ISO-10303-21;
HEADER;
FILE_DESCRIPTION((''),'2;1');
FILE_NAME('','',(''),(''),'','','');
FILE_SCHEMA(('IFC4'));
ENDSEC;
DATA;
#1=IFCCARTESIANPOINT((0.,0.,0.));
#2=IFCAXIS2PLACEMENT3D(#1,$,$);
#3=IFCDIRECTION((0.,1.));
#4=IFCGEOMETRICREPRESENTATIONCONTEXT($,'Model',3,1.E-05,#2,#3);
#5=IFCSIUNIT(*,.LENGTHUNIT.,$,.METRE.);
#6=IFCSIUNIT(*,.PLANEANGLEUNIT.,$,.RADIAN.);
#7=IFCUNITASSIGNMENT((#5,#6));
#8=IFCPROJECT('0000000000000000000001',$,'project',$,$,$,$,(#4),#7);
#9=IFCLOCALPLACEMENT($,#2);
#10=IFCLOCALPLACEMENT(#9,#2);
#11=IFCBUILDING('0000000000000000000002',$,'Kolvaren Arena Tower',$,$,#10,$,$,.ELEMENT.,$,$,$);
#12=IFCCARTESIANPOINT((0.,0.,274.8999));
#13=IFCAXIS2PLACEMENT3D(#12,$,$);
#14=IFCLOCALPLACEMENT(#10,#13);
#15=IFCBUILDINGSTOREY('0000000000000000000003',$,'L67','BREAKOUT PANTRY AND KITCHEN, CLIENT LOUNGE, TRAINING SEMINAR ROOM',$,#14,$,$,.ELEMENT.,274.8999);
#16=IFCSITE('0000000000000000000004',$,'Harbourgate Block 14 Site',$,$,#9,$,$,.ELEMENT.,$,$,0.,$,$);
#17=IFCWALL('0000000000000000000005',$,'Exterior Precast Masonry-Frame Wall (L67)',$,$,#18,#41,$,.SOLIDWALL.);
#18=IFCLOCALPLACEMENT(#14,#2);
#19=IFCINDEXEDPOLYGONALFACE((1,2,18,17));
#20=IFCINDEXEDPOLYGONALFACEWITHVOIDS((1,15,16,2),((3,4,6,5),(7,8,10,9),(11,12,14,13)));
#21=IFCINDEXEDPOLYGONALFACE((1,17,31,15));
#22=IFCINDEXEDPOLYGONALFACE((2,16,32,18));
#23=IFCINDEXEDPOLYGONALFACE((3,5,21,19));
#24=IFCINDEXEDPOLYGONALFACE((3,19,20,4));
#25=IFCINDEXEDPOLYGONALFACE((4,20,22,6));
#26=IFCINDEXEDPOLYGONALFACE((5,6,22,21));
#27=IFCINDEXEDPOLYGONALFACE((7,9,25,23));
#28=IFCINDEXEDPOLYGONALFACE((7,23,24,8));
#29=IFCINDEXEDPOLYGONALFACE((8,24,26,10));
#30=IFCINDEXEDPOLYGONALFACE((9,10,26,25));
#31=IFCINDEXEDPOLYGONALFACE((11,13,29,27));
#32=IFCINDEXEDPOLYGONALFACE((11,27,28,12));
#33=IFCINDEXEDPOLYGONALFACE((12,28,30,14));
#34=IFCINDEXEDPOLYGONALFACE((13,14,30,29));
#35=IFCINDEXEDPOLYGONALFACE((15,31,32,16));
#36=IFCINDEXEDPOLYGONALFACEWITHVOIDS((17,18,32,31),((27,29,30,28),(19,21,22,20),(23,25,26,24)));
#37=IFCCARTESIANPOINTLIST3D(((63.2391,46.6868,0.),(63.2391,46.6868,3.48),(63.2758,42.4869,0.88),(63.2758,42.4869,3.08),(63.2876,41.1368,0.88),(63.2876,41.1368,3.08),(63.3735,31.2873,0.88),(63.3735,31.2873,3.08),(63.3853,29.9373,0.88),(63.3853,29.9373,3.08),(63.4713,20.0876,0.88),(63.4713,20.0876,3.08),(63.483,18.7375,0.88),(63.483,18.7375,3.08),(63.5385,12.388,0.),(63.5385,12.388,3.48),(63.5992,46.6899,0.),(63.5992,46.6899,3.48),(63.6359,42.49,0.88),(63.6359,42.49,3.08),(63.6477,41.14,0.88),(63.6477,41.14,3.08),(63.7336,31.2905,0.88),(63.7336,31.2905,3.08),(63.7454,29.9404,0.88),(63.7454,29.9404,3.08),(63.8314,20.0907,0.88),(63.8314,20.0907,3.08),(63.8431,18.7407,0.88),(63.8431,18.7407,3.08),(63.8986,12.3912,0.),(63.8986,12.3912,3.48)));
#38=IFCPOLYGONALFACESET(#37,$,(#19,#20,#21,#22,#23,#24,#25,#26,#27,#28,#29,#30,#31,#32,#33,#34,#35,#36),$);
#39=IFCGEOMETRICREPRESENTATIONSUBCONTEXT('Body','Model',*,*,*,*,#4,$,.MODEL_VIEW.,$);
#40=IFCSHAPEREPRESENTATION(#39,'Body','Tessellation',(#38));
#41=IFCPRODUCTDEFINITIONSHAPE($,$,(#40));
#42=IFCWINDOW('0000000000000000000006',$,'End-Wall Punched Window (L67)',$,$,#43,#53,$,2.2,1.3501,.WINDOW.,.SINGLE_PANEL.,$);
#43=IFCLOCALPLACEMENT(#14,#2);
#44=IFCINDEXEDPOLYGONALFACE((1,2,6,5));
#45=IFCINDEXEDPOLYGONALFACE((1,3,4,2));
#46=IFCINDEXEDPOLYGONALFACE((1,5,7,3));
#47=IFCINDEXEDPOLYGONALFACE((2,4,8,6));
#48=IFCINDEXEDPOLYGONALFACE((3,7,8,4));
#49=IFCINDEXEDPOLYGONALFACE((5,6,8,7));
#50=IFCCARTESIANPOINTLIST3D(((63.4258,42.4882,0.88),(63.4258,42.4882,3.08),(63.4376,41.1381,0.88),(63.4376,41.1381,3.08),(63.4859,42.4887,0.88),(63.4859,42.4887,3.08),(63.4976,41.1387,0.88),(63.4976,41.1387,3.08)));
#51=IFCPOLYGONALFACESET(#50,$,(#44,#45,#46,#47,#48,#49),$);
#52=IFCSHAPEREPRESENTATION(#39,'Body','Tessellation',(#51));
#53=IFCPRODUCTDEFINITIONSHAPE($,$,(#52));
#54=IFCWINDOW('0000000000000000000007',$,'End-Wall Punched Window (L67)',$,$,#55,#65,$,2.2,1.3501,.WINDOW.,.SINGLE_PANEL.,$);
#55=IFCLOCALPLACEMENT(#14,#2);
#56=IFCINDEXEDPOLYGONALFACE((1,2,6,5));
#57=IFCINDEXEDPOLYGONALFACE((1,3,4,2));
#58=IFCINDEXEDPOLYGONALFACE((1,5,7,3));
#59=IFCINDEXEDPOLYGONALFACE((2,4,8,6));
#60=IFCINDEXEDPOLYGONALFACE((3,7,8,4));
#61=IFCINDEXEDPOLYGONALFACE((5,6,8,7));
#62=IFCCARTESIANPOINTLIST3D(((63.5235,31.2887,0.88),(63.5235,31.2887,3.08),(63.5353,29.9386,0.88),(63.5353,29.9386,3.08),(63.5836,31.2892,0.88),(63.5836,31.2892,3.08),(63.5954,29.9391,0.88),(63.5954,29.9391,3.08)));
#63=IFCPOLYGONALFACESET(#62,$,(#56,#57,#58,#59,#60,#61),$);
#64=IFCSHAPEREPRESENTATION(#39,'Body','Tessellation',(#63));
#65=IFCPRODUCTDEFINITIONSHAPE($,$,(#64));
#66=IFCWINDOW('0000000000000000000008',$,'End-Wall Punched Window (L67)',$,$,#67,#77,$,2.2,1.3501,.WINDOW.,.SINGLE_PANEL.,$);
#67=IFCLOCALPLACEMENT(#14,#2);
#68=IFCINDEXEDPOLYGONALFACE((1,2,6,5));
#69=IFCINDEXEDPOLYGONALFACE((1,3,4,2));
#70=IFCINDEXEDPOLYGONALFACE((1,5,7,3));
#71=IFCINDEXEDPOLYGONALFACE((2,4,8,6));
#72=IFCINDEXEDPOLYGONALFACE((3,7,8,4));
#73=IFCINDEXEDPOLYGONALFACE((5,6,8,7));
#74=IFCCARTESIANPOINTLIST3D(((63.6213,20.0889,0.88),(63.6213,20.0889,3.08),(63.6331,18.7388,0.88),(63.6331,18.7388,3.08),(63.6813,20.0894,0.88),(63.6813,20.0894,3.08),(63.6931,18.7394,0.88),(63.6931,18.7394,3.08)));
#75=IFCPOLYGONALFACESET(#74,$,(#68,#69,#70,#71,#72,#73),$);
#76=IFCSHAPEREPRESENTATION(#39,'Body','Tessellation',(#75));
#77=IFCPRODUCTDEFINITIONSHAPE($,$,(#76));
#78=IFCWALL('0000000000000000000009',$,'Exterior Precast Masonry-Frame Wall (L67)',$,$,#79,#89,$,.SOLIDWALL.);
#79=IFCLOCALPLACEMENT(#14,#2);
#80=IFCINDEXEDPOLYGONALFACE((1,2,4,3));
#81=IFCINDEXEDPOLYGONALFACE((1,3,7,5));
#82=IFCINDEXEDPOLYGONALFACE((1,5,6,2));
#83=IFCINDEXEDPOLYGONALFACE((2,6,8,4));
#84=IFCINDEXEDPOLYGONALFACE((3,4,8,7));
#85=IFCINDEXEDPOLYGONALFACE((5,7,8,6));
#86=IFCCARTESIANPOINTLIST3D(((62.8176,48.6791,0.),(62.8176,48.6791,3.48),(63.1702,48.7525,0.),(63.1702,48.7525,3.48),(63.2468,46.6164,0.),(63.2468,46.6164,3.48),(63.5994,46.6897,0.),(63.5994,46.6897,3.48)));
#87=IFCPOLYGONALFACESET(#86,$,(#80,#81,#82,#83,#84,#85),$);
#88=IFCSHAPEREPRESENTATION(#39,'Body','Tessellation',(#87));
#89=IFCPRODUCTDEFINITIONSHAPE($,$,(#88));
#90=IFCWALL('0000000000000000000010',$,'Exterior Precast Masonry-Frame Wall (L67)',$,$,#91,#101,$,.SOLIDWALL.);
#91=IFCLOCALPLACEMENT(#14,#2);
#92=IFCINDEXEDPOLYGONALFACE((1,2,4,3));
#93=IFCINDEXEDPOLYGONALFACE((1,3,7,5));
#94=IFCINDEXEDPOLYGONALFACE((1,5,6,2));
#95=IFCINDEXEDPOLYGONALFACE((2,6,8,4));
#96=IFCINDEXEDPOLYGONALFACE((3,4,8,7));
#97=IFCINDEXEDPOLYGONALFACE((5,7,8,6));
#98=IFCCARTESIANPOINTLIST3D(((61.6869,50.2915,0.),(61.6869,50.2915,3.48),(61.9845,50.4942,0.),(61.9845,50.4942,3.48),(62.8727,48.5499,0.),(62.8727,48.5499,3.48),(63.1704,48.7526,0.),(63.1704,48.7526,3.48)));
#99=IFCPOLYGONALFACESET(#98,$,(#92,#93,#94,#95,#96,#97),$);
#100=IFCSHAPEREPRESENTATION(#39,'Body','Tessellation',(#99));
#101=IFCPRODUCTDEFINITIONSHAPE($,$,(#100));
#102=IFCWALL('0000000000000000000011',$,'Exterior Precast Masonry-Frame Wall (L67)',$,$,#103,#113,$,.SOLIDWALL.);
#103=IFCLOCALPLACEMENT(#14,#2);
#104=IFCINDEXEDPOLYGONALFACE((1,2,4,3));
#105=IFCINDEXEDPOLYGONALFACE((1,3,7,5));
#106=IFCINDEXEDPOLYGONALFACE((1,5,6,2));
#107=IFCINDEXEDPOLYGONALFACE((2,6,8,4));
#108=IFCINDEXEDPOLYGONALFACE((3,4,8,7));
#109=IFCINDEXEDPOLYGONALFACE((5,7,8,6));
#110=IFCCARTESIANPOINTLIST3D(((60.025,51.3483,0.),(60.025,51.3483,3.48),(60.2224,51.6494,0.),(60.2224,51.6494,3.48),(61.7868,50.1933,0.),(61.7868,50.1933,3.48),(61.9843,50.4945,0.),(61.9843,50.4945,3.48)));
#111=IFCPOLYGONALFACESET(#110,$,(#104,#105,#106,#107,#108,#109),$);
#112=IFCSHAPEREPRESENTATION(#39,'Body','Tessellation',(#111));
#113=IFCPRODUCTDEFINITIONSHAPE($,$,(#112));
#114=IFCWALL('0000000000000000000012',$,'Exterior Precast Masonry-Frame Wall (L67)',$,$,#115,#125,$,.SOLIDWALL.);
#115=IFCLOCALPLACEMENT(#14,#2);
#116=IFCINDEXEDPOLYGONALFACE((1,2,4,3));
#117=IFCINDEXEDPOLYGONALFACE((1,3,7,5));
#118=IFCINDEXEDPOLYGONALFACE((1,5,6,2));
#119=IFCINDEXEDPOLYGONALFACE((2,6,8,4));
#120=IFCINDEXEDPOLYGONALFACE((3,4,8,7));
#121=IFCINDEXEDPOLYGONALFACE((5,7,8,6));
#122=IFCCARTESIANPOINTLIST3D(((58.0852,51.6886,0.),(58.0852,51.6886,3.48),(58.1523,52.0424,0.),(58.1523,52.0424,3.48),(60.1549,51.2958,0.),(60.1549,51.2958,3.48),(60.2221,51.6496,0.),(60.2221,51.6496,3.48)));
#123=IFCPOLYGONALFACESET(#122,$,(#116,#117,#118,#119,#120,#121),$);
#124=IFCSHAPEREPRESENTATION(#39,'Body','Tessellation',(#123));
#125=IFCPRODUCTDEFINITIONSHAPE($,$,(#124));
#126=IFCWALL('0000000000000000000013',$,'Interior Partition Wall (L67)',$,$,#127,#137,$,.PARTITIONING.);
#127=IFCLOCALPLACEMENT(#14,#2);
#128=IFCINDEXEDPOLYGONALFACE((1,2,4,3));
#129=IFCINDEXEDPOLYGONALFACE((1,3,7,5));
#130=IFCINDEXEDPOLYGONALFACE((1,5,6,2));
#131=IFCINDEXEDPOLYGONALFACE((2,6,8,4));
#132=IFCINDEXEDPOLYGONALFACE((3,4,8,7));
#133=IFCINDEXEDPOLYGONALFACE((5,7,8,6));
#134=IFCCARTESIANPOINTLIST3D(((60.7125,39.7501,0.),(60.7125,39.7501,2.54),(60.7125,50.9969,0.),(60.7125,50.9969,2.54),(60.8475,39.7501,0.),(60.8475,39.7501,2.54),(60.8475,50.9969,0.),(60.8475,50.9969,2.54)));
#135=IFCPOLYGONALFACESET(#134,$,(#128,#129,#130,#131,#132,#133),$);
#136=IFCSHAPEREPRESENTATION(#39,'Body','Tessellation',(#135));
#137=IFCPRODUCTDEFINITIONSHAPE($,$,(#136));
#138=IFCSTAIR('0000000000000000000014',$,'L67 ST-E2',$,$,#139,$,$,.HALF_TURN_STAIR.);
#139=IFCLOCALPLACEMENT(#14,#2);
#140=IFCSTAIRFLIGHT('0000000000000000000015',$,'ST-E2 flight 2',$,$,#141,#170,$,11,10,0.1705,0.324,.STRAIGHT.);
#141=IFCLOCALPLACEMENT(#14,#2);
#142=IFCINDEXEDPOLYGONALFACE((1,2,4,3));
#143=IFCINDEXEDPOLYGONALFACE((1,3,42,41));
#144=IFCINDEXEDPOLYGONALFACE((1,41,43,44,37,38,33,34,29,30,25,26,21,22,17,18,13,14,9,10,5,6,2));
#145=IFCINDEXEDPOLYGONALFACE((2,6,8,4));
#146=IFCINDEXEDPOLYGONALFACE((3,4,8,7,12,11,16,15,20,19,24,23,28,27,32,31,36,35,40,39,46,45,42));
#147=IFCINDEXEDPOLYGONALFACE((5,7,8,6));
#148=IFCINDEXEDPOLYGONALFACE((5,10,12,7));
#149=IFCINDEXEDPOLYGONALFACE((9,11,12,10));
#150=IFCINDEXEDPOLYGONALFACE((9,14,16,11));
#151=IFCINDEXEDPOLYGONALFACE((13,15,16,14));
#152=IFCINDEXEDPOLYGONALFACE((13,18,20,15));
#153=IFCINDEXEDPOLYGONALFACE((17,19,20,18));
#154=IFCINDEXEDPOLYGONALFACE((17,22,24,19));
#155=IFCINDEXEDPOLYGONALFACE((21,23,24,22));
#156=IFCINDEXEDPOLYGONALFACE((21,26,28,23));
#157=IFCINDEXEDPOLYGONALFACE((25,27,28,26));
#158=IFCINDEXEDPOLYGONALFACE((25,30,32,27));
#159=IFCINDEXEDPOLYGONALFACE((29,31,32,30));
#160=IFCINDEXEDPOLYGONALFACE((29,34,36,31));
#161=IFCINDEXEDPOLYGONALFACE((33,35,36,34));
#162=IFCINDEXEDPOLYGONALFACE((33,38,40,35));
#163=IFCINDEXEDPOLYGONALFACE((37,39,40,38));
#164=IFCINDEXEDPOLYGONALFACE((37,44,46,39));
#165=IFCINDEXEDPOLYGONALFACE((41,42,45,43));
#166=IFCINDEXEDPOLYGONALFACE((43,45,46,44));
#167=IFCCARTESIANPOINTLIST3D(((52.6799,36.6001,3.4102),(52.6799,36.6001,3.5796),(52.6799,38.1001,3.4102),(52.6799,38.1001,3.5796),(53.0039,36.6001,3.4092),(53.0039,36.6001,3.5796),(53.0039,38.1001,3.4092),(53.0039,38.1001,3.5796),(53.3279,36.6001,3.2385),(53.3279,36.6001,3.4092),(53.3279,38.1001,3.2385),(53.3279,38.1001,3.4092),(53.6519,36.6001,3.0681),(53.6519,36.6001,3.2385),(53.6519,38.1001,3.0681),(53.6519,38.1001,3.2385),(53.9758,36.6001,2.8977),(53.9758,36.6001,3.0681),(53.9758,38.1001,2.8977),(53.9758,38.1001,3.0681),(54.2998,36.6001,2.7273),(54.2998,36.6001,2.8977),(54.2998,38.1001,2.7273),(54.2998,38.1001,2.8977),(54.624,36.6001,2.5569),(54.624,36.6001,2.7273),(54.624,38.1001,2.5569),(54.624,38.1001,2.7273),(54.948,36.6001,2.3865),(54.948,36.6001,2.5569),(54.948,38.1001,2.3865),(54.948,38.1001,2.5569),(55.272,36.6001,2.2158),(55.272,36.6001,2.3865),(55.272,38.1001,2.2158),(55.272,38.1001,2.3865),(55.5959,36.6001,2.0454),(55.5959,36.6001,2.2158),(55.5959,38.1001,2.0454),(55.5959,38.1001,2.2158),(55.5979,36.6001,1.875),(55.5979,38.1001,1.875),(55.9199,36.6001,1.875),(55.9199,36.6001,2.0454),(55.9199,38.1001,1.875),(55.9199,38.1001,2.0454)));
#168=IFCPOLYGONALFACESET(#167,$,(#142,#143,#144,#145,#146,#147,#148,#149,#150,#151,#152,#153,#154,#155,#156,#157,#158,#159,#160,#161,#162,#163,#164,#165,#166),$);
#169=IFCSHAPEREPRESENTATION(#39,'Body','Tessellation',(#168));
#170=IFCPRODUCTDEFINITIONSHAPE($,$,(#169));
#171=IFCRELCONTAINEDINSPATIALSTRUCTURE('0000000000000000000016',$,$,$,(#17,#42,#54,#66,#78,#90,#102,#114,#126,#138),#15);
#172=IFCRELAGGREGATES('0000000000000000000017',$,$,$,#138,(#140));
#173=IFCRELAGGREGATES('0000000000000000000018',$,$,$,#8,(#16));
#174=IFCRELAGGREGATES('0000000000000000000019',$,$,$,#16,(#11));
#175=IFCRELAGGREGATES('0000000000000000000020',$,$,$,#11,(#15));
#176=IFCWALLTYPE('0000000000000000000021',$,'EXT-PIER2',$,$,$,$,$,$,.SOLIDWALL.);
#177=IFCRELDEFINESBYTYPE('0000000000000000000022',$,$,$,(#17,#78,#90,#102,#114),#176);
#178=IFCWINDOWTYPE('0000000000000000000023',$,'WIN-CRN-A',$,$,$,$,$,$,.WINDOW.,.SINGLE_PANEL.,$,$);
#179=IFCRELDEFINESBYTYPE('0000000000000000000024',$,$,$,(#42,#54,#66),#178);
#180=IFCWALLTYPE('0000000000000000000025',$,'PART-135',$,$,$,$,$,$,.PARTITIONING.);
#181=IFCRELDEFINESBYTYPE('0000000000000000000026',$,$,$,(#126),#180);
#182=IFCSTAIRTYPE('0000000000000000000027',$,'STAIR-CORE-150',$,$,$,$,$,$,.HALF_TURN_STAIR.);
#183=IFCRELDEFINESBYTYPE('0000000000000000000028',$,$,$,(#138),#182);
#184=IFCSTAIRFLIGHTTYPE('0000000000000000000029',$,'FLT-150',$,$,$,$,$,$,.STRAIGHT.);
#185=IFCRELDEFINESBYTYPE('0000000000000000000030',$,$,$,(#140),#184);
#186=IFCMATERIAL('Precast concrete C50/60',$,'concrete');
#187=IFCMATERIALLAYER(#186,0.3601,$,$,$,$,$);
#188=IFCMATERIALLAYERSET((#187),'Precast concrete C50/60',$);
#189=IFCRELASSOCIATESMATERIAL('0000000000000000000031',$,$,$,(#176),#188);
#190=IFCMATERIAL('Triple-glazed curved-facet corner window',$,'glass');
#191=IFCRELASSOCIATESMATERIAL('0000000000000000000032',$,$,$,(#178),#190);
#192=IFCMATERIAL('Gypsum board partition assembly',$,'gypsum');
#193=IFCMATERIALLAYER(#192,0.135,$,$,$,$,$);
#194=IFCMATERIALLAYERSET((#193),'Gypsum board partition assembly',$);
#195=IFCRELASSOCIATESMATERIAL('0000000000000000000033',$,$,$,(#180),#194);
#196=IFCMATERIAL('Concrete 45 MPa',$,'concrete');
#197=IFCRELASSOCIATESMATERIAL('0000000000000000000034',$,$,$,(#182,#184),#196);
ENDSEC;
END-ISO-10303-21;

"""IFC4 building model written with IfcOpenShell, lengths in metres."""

from ifc_helpers import new_model, si_unit, direction, frame, frame_2d, origin, place, context, subcontext, project, spatial, polyline, rectangle, outline, extrude, material, layer, layer_set, type_object, element, fill, aggregate, save


model = new_model("IFC4")

# Units and contexts
model_context = context("Model", 3, precision=1e-05, world=origin(), true_north=direction((0.0, 1.0)))
body_context = subcontext(model_context, "Body", "Model", "MODEL_VIEW")
ifc_project = project(units=[si_unit("LENGTHUNIT", "METRE"), si_unit("PLANEANGLEUNIT", "RADIAN")], contexts=[model_context])

# Site, building, storey
site_placement = place(None, origin())
site = spatial("IfcSite", under=ifc_project, at=site_placement, Name="Harbourgate Block 14 Site", CompositionType="ELEMENT", RefElevation=0.0)
building_placement = place(site_placement, origin())
building = spatial("IfcBuilding", under=site, at=building_placement, Name="Kolvaren Arena Tower", CompositionType="ELEMENT")
storey_placement = place(building_placement, frame((0.0, 0.0, 274.8999)))
storey = spatial("IfcBuildingStorey", under=building, at=storey_placement, Name="L67", Description="BREAKOUT PANTRY AND KITCHEN, CLIENT LOUNGE, TRAINING SEMINAR ROOM", CompositionType="ELEMENT", Elevation=274.8999)

# Shared definitions
ifc_material_1 = material(Name="Precast concrete C50/60", Category="concrete")

# Wall, openings, windows
ifc_layer_1 = layer(ifc_material_1, 0.3601)
ifc_layer_set_1 = layer_set([ifc_layer_1], Name="Precast concrete C50/60")
wall_type_1 = type_object("IfcWallType", Name="EXT-PIER2", PredefinedType="SOLIDWALL", material=ifc_layer_set_1)
wall_1_placement = place(storey_placement, frame((63.4192, 46.6882, 0.0), z_axis=(0.0, 0.0, 1.0), x_axis=(0.008726, -0.999962, 0.0)))
wall_1 = element("IfcWall", 1, at=wall_1_placement, inside=storey, type_object=wall_type_1, Name="Exterior Precast Masonry-Frame Wall (L67)", PredefinedType="SOLIDWALL", context=body_context, shape_type="SweptSolid", body=[
    extrude(rectangle(XDim=34.3, YDim=0.3601, at=frame_2d((17.1499, 0.0))), origin(), (0.0, 0.0, 1.0), 3.48),
])
opening_1_placement = place(wall_1_placement, frame((4.2, 0.0, 0.8799)))
opening_1 = element("IfcOpeningElement", 2, at=opening_1_placement, cuts=wall_1, PredefinedType="OPENING", context=body_context, shape_type="SweptSolid", body=[
    extrude(rectangle(XDim=1.3501, YDim=2.2, at=frame_2d((0.675, 1.1001))), frame((0.0, 0.1899, 0.0), z_axis=(0.0, -1.0, 0.0), x_axis=(1.0, 0.0, 0.0)), (0.0, 0.0, 1.0), 0.3801),
])
opening_2_placement = place(wall_1_placement, frame((15.3999, 0.0, 0.8799)))
opening_2 = element("IfcOpeningElement", 3, at=opening_2_placement, cuts=wall_1, PredefinedType="OPENING", context=body_context, shape_type="SweptSolid", body=[
    extrude(rectangle(XDim=1.3501, YDim=2.2, at=frame_2d((0.675, 1.1001))), frame((0.0, 0.1899, 0.0), z_axis=(0.0, -1.0, 0.0), x_axis=(1.0, 0.0, 0.0)), (0.0, 0.0, 1.0), 0.3801),
])
opening_3_placement = place(wall_1_placement, frame((26.6001, 0.0, 0.8799)))
opening_3 = element("IfcOpeningElement", 4, at=opening_3_placement, cuts=wall_1, PredefinedType="OPENING", context=body_context, shape_type="SweptSolid", body=[
    extrude(rectangle(XDim=1.3501, YDim=2.2, at=frame_2d((0.675, 1.1001))), frame((0.0, 0.1899, 0.0), z_axis=(0.0, -1.0, 0.0), x_axis=(1.0, 0.0, 0.0)), (0.0, 0.0, 1.0), 0.3801),
])
ifc_material_2 = material(Name="Triple-glazed curved-facet corner window", Category="glass")
window_type = type_object("IfcWindowType", Name="WIN-CRN-A", PartitioningType="SINGLE_PANEL", PredefinedType="WINDOW", material=ifc_material_2)
window_1_placement = place(opening_1_placement, origin())
window_1 = element("IfcWindow", 5, at=window_1_placement, inside=storey, type_object=window_type, Name="End-Wall Punched Window (L67)", OverallHeight=2.2, OverallWidth=1.3501, PartitioningType="SINGLE_PANEL", PredefinedType="WINDOW", context=body_context, shape_type="SweptSolid", body=[
    extrude(rectangle(XDim=1.3501, YDim=2.2, at=frame_2d((0.675, 1.1001))), frame((0.0, 0.03, 0.0), z_axis=(0.0, -1.0, 0.0), x_axis=(1.0, 0.0, 0.0)), (0.0, 0.0, 1.0), 0.0601),
])
fill(opening_1, window_1)
window_2_placement = place(opening_2_placement, origin())
window_2 = element("IfcWindow", 6, at=window_2_placement, inside=storey, type_object=window_type, Name="End-Wall Punched Window (L67)", OverallHeight=2.2, OverallWidth=1.3501, PartitioningType="SINGLE_PANEL", PredefinedType="WINDOW", context=body_context, shape_type="SweptSolid", body=[
    extrude(rectangle(XDim=1.3501, YDim=2.2, at=frame_2d((0.675, 1.1001))), frame((0.0, 0.03, 0.0), z_axis=(0.0, -1.0, 0.0), x_axis=(1.0, 0.0, 0.0)), (0.0, 0.0, 1.0), 0.0601),
])
fill(opening_2, window_2)
window_3_placement = place(opening_3_placement, origin())
window_3 = element("IfcWindow", 7, at=window_3_placement, inside=storey, type_object=window_type, Name="End-Wall Punched Window (L67)", OverallHeight=2.2, OverallWidth=1.3501, PartitioningType="SINGLE_PANEL", PredefinedType="WINDOW", context=body_context, shape_type="SweptSolid", body=[
    extrude(rectangle(XDim=1.3501, YDim=2.2, at=frame_2d((0.675, 1.1001))), frame((0.0, 0.03, 0.0), z_axis=(0.0, -1.0, 0.0), x_axis=(1.0, 0.0, 0.0)), (0.0, 0.0, 1.0), 0.0601),
])
fill(opening_3, window_3)

# Walls
for number, where, z_axis, x_axis, name in (
    (8, (62.9939, 48.7158, 0.0), (0.0, 0.0, 1.0), (0.203709, -0.979031, 0.0), "Exterior Precast Masonry-Frame Wall (L67)"),
    (9, (61.8357, 50.3928, 0.0), (0.0, 0.0, 1.0), (0.56283, -0.826573, 0.0), "Exterior Precast Masonry-Frame Wall (L67)"),
):
    element("IfcWall", number, at=place(storey_placement, frame(where, z_axis=z_axis, x_axis=x_axis)), inside=storey, type_object=wall_type_1, Name=name, PredefinedType="SOLIDWALL", context=body_context, shape_type="SweptSolid", body=[
        extrude(rectangle(XDim=2.1069, YDim=0.3601, at=frame_2d((1.0535, 0.0))), origin(), (0.0, 0.0, 1.0), 3.48),
    ])
for number, where, z_axis, x_axis, name in (
    (10, (60.1238, 51.4988, 0.0), (0.0, 0.0, 1.0), (0.836322, -0.548239, 0.0), "Exterior Precast Masonry-Frame Wall (L67)"),
    (11, (58.1189, 51.8655, 0.0), (0.0, 0.0, 1.0), (0.982463, -0.186457, 0.0), "Exterior Precast Masonry-Frame Wall (L67)"),
):
    element("IfcWall", number, at=place(storey_placement, frame(where, z_axis=z_axis, x_axis=x_axis)), inside=storey, type_object=wall_type_1, Name=name, PredefinedType="SOLIDWALL", context=body_context, shape_type="SweptSolid", body=[
        extrude(rectangle(XDim=2.1067, YDim=0.3601, at=frame_2d((1.0532, 0.0))), origin(), (0.0, 0.0, 1.0), 3.48),
    ])
ifc_material_3 = material(Name="Gypsum board partition assembly", Category="gypsum")
ifc_layer_2 = layer(ifc_material_3, 0.135)
ifc_layer_set_2 = layer_set([ifc_layer_2], Name="Gypsum board partition assembly")
wall_type_2 = type_object("IfcWallType", Name="PART-135", PredefinedType="PARTITIONING", material=ifc_layer_set_2)
wall_2_placement = place(storey_placement, frame((60.78, 39.75, 0.0), z_axis=(0.0, 0.0, 1.0), x_axis=(0.0, 1.0, 0.0)))
element("IfcWall", 12, at=wall_2_placement, inside=storey, type_object=wall_type_2, Name="Interior Partition Wall (L67)", PredefinedType="PARTITIONING", context=body_context, shape_type="SweptSolid", body=[
    extrude(rectangle(XDim=11.2468, YDim=0.135, at=frame_2d((5.6235, 0.0))), origin(), (0.0, 0.0, 1.0), 2.54),
])

# Stair, stair flight
ifc_material_4 = material(Name="Concrete 45 MPa", Category="concrete")
stair_type = type_object("IfcStairType", Name="STAIR-CORE-150", PredefinedType="HALF_TURN_STAIR", material=ifc_material_4)
stair_placement = place(storey_placement, origin())
stair = element("IfcStair", 13, at=stair_placement, inside=storey, type_object=stair_type, Name="L67 ST-E2", PredefinedType="HALF_TURN_STAIR")
stair_flight_type = type_object("IfcStairFlightType", Name="FLT-150", PredefinedType="STRAIGHT", material=ifc_material_4)
stair_flight_placement = place(storey_placement, frame((55.9199, 37.3501, 1.875), z_axis=(0.0, 0.0, 1.0), x_axis=(-1.0, 0.0, 0.0)))
stair_flight = element("IfcStairFlight", 14, at=stair_flight_placement, type_object=stair_flight_type, Name="ST-E2 flight 2", NumberOfRisers=11, NumberOfTreads=10, PredefinedType="STRAIGHT", RiserHeight=0.1705, TreadLength=0.324, context=body_context, shape_type="SweptSolid", body=[
    extrude(outline(polyline([(0.0, 0.0), (0.0, 0.1704), (0.324, 0.1704), (0.324, 0.3408), (0.6479, 0.3408), (0.6479, 0.5115), (0.9719, 0.5115), (0.9719, 0.6819), (1.2959, 0.6819), (1.2959, 0.8523), (1.6201, 0.8523), (1.6201, 1.0227), (1.9441, 1.0227), (1.9441, 1.1931), (2.2681, 1.1931), (2.2681, 1.3635), (2.592, 1.3635), (2.592, 1.5342), (2.916, 1.5342), (2.916, 1.7046), (3.24, 1.7046), (3.24, 1.875), (3.24, 1.5352), (0.322, 0.0), (0.0, 0.0)])), frame((0.0, 0.75, 0.0), z_axis=(0.0, -1.0, 0.0), x_axis=(1.0, 0.0, 0.0)), (0.0, 0.0, 1.0), 1.5),
])
aggregate(stair, [stair_flight])

save(model, "model.ifc")
